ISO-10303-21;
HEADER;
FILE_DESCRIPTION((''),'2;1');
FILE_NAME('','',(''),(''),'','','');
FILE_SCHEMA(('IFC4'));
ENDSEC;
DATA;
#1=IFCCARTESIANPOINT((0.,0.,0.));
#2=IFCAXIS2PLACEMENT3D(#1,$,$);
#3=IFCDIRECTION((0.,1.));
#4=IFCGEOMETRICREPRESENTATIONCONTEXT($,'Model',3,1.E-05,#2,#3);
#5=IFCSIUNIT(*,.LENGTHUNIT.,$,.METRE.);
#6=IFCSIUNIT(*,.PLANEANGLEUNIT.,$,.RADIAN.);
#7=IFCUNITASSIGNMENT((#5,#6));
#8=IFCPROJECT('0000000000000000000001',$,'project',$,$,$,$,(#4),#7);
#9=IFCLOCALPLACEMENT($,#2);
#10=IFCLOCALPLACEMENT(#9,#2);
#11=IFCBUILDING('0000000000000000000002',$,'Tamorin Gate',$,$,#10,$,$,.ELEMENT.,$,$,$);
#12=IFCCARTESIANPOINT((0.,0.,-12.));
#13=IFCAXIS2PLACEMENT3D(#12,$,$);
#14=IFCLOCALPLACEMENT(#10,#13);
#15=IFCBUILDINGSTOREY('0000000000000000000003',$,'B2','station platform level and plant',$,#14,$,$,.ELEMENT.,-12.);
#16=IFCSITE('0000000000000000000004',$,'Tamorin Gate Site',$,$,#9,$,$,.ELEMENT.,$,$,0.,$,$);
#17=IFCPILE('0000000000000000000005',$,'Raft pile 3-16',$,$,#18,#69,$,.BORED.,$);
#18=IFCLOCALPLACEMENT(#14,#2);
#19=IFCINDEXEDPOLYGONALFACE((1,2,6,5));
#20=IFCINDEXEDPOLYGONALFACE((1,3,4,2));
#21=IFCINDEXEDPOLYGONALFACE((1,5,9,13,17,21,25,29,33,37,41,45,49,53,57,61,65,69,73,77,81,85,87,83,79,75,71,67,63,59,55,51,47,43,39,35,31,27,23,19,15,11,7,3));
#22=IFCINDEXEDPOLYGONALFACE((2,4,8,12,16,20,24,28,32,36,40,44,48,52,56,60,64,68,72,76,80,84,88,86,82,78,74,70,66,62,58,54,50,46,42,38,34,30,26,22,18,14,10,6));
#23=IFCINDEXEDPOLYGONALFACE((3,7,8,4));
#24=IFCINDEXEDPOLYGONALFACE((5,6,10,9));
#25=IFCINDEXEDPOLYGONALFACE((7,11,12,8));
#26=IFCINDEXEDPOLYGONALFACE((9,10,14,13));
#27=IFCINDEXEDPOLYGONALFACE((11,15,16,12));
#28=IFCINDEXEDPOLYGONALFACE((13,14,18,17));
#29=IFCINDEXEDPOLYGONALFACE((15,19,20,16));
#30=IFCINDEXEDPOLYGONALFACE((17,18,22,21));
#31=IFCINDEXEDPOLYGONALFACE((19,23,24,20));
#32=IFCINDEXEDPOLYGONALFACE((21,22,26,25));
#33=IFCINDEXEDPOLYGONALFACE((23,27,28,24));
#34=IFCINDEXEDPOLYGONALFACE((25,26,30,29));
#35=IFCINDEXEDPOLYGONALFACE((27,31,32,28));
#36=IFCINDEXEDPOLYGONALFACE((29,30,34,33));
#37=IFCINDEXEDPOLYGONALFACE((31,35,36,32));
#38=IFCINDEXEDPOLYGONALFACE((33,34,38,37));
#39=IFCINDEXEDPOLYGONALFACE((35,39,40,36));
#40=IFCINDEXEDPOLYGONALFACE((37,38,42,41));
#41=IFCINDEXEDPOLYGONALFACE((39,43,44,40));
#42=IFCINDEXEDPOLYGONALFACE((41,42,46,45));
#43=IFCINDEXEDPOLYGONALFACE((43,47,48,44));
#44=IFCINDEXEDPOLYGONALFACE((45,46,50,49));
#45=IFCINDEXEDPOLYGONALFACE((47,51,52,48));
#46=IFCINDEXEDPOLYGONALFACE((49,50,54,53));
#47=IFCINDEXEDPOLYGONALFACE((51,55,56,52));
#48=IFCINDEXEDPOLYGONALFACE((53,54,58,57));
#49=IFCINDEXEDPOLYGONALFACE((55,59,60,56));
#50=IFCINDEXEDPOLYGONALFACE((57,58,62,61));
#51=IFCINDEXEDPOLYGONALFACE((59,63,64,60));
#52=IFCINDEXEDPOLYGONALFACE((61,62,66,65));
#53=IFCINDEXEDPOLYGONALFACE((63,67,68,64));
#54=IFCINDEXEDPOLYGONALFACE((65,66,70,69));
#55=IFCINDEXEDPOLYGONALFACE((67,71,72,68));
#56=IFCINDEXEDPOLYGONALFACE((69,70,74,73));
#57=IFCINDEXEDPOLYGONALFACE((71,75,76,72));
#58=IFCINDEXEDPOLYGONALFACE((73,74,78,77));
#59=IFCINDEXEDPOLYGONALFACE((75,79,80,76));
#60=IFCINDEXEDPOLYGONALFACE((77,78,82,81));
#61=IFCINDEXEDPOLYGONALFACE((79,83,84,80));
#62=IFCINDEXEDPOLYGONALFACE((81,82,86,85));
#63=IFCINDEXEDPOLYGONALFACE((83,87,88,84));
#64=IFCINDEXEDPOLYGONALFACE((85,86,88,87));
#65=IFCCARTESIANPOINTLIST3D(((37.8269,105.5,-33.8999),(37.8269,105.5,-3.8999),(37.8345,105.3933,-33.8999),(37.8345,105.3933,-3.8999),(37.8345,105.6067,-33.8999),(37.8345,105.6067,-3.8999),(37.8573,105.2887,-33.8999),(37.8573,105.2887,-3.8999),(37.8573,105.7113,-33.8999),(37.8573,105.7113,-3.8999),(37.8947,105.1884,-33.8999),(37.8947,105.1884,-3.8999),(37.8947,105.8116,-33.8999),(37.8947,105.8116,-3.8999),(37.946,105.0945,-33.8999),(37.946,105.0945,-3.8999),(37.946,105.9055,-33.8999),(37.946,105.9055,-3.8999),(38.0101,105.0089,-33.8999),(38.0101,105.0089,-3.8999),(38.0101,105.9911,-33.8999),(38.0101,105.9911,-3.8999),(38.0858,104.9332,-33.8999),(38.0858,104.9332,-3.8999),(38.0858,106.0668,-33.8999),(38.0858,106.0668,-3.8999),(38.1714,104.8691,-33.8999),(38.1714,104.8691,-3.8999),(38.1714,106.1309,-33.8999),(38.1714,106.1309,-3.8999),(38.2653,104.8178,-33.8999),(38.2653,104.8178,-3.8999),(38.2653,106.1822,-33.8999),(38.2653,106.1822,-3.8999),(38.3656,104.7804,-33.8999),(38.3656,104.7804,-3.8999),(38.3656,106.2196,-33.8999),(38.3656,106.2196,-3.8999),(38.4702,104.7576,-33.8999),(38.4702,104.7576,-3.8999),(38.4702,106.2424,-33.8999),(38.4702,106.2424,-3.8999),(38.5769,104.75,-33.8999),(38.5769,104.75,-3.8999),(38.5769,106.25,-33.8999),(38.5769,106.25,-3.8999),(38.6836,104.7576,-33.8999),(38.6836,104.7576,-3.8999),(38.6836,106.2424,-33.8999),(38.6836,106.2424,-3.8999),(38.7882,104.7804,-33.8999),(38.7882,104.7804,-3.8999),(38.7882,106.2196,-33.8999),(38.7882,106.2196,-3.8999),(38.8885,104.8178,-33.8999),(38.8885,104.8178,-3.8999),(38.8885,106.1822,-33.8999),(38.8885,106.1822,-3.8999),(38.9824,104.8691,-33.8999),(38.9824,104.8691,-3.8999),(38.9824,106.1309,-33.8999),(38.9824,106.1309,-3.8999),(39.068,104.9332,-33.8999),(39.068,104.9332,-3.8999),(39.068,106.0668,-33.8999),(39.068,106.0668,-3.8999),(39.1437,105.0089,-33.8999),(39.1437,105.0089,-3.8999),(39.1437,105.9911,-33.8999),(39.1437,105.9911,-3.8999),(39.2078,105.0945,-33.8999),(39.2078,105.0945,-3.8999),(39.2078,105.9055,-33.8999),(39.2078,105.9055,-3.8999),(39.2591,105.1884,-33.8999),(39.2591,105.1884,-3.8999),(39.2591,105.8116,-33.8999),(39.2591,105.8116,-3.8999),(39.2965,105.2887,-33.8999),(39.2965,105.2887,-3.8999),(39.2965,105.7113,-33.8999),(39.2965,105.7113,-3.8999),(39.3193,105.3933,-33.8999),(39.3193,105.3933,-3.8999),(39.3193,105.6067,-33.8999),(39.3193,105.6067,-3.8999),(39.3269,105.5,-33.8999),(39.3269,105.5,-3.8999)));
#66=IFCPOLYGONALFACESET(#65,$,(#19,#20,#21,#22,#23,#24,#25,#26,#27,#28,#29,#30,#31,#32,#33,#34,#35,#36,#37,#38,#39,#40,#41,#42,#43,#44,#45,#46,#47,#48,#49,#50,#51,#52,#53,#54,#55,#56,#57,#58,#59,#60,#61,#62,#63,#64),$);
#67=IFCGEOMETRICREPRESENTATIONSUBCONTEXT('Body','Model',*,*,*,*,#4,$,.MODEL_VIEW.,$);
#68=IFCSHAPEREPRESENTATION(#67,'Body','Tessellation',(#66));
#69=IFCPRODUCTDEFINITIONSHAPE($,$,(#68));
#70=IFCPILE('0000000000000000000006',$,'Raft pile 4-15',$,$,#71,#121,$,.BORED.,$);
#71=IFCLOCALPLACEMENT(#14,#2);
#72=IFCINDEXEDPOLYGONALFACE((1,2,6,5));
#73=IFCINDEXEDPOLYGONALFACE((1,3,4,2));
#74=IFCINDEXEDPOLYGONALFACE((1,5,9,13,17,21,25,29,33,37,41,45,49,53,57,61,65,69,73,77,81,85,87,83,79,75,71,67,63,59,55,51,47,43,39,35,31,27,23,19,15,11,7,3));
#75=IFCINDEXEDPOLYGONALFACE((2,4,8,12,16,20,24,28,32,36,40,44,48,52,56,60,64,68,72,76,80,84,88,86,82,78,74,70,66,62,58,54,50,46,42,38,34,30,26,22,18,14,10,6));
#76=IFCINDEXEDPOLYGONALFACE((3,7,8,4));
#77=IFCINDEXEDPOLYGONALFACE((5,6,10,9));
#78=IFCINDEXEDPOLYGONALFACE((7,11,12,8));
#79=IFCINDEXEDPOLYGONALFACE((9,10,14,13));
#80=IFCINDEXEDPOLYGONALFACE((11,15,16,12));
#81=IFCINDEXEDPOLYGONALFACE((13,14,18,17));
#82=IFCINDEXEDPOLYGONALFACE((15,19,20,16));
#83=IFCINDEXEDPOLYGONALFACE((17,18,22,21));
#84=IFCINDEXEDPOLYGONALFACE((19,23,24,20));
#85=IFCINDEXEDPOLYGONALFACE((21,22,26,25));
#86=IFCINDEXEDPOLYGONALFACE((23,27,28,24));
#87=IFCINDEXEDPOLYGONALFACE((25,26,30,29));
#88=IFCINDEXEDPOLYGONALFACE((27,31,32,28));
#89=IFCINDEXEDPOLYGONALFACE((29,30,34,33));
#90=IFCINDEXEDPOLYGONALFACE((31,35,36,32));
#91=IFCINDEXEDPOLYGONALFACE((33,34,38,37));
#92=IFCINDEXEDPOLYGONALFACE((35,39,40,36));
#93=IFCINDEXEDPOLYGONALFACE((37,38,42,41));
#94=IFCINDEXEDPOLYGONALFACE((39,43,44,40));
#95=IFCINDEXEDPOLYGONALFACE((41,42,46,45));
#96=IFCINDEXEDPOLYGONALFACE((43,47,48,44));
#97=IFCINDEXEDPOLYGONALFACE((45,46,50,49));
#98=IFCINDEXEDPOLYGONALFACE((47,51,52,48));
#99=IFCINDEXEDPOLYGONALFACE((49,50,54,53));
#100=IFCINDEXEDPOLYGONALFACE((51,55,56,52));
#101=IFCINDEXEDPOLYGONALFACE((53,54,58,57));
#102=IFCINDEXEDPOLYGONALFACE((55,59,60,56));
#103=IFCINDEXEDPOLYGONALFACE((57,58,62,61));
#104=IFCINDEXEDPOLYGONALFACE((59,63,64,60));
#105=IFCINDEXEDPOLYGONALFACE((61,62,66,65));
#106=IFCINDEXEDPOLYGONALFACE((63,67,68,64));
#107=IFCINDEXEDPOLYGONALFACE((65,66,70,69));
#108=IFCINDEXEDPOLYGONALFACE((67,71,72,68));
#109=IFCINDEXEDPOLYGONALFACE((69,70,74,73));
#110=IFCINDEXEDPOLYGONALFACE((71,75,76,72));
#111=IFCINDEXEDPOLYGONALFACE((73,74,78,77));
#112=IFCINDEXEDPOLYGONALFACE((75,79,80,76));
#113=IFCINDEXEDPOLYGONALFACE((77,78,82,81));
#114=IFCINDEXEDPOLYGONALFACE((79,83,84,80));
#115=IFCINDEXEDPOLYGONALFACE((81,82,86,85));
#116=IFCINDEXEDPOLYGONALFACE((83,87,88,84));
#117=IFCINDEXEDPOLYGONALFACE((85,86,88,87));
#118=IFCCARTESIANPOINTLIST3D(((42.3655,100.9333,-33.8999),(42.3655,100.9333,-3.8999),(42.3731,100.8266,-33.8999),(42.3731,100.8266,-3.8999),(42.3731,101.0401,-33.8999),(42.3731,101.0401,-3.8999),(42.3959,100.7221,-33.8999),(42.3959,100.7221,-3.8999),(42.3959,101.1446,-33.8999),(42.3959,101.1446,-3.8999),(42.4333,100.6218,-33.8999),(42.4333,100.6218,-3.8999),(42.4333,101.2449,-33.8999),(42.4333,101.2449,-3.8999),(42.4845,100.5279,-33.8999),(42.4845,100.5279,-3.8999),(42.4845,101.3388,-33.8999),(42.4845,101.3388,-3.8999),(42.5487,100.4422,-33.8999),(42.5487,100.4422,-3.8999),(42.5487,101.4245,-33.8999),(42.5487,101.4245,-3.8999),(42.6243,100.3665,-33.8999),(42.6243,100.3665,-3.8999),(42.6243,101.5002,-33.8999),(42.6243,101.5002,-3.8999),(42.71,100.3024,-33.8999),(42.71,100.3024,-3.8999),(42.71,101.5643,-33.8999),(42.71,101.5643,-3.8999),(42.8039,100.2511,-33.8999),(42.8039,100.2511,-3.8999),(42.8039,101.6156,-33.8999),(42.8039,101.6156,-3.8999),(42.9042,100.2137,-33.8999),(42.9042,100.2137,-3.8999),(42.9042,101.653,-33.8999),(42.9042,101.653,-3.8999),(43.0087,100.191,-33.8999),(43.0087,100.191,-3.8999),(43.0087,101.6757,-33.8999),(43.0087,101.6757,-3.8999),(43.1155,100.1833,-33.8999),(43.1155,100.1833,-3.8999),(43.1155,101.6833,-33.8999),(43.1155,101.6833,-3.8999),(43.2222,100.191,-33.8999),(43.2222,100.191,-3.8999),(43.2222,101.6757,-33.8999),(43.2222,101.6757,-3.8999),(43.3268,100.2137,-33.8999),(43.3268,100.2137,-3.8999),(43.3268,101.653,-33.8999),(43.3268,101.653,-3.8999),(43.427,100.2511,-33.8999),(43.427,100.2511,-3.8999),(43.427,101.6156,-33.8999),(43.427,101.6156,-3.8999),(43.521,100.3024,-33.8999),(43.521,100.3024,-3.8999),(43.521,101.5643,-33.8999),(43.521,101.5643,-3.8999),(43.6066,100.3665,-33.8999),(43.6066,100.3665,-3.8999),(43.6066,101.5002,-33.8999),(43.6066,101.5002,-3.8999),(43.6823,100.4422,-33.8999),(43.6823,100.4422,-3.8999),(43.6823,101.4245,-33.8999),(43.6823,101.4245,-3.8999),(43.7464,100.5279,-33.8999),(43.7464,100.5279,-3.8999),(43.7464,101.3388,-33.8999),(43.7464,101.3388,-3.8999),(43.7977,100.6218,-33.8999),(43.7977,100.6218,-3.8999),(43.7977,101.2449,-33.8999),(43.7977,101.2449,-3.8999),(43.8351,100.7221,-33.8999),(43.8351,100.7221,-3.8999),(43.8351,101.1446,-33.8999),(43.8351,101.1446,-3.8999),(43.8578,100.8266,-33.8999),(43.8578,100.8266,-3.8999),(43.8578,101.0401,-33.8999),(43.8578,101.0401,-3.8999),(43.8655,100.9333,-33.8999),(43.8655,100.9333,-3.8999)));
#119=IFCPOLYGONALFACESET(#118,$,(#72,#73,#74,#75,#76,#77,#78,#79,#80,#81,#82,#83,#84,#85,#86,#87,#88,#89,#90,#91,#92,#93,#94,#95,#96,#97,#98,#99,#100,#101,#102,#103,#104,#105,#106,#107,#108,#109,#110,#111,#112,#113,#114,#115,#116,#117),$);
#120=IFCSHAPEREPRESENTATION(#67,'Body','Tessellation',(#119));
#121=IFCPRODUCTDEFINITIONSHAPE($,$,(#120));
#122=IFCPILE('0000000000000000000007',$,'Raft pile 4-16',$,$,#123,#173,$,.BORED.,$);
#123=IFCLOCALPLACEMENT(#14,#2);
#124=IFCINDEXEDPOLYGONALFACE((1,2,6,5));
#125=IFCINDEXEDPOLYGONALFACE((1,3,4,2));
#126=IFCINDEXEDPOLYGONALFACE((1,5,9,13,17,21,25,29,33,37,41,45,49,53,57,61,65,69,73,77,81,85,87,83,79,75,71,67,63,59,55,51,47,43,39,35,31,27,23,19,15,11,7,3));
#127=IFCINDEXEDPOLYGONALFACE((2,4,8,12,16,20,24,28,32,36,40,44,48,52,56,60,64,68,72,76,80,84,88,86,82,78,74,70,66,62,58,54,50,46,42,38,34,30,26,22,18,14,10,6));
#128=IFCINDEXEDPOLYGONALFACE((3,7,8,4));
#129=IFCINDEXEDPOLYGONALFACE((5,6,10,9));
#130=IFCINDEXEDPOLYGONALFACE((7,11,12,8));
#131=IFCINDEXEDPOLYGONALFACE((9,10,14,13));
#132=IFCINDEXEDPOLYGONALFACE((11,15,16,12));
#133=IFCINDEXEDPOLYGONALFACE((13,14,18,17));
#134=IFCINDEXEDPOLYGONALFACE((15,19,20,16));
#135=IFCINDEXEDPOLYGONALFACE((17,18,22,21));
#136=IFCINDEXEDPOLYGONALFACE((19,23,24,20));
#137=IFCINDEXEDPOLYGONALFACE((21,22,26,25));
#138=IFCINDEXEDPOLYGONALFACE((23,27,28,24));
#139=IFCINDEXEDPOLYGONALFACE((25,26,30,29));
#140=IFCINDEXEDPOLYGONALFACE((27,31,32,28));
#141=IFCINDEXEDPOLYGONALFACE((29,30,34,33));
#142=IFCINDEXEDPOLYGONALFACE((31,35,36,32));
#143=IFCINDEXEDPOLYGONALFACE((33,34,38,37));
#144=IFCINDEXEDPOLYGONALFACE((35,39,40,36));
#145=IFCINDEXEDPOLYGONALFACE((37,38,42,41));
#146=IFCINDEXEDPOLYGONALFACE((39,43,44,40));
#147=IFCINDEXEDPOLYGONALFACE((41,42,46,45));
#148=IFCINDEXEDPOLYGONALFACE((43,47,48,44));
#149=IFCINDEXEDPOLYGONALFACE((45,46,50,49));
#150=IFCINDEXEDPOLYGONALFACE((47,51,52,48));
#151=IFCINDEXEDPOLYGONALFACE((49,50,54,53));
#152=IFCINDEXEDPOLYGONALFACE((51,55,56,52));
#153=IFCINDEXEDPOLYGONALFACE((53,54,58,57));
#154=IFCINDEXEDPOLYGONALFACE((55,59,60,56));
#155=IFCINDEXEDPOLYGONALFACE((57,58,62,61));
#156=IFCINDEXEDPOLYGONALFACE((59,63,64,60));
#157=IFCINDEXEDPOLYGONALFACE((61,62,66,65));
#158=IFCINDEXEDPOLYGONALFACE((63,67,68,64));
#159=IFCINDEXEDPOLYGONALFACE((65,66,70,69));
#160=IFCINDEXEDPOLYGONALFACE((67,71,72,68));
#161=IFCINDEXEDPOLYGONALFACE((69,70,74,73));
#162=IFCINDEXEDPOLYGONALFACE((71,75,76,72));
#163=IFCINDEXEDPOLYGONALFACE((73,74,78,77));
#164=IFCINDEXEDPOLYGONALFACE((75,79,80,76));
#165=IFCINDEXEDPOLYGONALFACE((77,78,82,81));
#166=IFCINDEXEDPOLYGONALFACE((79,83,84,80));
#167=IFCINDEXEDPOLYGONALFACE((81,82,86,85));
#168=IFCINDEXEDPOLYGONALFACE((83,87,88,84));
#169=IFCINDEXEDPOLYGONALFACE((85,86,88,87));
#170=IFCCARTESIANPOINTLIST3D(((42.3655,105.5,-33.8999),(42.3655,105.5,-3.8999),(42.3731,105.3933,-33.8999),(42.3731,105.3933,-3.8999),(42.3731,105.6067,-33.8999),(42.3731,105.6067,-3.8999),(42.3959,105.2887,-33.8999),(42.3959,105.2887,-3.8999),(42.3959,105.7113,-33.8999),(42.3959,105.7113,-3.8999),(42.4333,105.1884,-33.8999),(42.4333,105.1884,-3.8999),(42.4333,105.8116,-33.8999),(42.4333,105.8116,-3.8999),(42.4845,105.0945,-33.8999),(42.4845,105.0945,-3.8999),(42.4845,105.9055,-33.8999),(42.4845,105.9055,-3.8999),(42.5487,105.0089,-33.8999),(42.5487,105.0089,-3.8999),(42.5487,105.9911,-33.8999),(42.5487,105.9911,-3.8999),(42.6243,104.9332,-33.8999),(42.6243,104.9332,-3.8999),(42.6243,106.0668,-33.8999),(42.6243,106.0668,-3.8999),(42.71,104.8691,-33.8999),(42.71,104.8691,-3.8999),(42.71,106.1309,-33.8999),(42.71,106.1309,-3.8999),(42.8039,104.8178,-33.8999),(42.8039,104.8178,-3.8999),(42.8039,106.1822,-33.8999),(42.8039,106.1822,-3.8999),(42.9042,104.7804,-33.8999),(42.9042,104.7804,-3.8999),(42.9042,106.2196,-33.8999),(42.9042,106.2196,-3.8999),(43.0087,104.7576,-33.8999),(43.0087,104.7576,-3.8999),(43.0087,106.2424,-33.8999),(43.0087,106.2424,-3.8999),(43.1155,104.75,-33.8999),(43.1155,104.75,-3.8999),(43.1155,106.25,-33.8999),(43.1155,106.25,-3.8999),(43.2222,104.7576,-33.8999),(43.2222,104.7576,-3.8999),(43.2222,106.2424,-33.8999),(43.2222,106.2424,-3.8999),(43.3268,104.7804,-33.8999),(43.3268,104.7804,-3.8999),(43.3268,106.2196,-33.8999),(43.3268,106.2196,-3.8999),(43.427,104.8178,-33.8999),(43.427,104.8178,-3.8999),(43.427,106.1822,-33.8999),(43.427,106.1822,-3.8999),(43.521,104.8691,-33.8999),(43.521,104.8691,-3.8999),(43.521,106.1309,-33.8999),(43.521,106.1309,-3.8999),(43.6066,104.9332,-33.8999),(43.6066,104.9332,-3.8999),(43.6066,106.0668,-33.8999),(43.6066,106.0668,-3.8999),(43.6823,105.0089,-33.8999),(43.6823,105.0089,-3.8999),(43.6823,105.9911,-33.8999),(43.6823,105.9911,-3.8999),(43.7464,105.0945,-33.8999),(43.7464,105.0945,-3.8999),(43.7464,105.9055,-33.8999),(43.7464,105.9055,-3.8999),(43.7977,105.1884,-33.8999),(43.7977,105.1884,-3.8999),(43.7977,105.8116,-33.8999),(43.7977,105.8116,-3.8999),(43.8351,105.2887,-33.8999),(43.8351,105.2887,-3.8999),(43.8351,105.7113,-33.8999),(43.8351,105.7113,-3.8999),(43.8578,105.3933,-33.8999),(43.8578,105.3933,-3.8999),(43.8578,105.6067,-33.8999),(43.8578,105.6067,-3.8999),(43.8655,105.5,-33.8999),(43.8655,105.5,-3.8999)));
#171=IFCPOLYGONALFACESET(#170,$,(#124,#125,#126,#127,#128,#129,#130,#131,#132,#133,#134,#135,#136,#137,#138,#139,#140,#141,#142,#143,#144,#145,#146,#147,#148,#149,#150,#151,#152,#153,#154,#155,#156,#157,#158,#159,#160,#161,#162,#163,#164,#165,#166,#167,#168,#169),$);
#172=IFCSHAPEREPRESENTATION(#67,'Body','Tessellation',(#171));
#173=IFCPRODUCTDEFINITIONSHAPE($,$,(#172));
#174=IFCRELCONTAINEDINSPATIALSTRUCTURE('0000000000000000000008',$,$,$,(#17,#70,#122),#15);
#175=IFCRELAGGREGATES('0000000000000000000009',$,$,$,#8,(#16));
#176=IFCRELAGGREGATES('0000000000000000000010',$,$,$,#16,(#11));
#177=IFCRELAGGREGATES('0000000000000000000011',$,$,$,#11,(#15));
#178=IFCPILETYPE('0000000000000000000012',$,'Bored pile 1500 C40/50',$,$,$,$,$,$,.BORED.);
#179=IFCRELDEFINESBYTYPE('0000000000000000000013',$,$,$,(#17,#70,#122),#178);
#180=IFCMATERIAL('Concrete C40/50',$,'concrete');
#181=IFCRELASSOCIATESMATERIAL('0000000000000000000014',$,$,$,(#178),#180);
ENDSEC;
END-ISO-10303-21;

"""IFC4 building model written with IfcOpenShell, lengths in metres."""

from ifc_helpers import new_model, si_unit, direction, frame, origin, origin_2d, place, context, subcontext, project, spatial, circle, extrude, material, material_profile, profile_set, type_object, element, save


model = new_model("IFC4")

# Units and contexts
model_context = context("Model", 3, precision=1e-05, world=origin(), true_north=direction((0.0, 1.0)))
body_context = subcontext(model_context, "Body", "Model", "MODEL_VIEW")
ifc_project = project(units=[si_unit("LENGTHUNIT", "METRE"), si_unit("PLANEANGLEUNIT", "RADIAN")], contexts=[model_context])

# Site, building, storey
site_placement = place(None, origin())
site = spatial("IfcSite", under=ifc_project, at=site_placement, Name="Tamorin Gate Site", CompositionType="ELEMENT", RefElevation=0.0)
building_placement = place(site_placement, origin())
building = spatial("IfcBuilding", under=site, at=building_placement, Name="Tamorin Gate", CompositionType="ELEMENT")
storey_placement = place(building_placement, frame((0.0, 0.0, -12.0)))
storey = spatial("IfcBuildingStorey", under=building, at=storey_placement, Name="B2", Description="station platform level and plant", CompositionType="ELEMENT", Elevation=-12.0)

# Piles
ifc_material_1 = material(Name="Concrete C40/50", Category="concrete")
ifc_material_profile_1 = material_profile(ifc_material_1, circle(Radius=0.75, at=origin_2d()))
ifc_profile_set_1 = profile_set([ifc_material_profile_1], Name="Concrete C40/50")
pile_type = type_object("IfcPileType", Name="Bored pile 1500 C40/50", PredefinedType="BORED", material=ifc_profile_set_1)
for number, where, z_axis, x_axis, name in (
    (1, (38.5769, 105.5, -3.8999), (0.0, 0.0, -1.0), (1.0, 0.0, 0.0), "Raft pile 3-16"),
    (2, (43.1155, 100.9333, -3.8999), (0.0, 0.0, -1.0), (1.0, 0.0, 0.0), "Raft pile 4-15"),
    (3, (43.1155, 105.5, -3.8999), (0.0, 0.0, -1.0), (1.0, 0.0, 0.0), "Raft pile 4-16"),
):
    element("IfcPile", number, at=place(storey_placement, frame(where, z_axis=z_axis, x_axis=x_axis)), inside=storey, type_object=pile_type, Name=name, PredefinedType="BORED", context=body_context, shape_type="SweptSolid", body=[
        extrude(circle(Radius=0.75, at=origin_2d()), origin(), (0.0, 0.0, 1.0), 30.0),
    ])

save(model, "model.ifc")
